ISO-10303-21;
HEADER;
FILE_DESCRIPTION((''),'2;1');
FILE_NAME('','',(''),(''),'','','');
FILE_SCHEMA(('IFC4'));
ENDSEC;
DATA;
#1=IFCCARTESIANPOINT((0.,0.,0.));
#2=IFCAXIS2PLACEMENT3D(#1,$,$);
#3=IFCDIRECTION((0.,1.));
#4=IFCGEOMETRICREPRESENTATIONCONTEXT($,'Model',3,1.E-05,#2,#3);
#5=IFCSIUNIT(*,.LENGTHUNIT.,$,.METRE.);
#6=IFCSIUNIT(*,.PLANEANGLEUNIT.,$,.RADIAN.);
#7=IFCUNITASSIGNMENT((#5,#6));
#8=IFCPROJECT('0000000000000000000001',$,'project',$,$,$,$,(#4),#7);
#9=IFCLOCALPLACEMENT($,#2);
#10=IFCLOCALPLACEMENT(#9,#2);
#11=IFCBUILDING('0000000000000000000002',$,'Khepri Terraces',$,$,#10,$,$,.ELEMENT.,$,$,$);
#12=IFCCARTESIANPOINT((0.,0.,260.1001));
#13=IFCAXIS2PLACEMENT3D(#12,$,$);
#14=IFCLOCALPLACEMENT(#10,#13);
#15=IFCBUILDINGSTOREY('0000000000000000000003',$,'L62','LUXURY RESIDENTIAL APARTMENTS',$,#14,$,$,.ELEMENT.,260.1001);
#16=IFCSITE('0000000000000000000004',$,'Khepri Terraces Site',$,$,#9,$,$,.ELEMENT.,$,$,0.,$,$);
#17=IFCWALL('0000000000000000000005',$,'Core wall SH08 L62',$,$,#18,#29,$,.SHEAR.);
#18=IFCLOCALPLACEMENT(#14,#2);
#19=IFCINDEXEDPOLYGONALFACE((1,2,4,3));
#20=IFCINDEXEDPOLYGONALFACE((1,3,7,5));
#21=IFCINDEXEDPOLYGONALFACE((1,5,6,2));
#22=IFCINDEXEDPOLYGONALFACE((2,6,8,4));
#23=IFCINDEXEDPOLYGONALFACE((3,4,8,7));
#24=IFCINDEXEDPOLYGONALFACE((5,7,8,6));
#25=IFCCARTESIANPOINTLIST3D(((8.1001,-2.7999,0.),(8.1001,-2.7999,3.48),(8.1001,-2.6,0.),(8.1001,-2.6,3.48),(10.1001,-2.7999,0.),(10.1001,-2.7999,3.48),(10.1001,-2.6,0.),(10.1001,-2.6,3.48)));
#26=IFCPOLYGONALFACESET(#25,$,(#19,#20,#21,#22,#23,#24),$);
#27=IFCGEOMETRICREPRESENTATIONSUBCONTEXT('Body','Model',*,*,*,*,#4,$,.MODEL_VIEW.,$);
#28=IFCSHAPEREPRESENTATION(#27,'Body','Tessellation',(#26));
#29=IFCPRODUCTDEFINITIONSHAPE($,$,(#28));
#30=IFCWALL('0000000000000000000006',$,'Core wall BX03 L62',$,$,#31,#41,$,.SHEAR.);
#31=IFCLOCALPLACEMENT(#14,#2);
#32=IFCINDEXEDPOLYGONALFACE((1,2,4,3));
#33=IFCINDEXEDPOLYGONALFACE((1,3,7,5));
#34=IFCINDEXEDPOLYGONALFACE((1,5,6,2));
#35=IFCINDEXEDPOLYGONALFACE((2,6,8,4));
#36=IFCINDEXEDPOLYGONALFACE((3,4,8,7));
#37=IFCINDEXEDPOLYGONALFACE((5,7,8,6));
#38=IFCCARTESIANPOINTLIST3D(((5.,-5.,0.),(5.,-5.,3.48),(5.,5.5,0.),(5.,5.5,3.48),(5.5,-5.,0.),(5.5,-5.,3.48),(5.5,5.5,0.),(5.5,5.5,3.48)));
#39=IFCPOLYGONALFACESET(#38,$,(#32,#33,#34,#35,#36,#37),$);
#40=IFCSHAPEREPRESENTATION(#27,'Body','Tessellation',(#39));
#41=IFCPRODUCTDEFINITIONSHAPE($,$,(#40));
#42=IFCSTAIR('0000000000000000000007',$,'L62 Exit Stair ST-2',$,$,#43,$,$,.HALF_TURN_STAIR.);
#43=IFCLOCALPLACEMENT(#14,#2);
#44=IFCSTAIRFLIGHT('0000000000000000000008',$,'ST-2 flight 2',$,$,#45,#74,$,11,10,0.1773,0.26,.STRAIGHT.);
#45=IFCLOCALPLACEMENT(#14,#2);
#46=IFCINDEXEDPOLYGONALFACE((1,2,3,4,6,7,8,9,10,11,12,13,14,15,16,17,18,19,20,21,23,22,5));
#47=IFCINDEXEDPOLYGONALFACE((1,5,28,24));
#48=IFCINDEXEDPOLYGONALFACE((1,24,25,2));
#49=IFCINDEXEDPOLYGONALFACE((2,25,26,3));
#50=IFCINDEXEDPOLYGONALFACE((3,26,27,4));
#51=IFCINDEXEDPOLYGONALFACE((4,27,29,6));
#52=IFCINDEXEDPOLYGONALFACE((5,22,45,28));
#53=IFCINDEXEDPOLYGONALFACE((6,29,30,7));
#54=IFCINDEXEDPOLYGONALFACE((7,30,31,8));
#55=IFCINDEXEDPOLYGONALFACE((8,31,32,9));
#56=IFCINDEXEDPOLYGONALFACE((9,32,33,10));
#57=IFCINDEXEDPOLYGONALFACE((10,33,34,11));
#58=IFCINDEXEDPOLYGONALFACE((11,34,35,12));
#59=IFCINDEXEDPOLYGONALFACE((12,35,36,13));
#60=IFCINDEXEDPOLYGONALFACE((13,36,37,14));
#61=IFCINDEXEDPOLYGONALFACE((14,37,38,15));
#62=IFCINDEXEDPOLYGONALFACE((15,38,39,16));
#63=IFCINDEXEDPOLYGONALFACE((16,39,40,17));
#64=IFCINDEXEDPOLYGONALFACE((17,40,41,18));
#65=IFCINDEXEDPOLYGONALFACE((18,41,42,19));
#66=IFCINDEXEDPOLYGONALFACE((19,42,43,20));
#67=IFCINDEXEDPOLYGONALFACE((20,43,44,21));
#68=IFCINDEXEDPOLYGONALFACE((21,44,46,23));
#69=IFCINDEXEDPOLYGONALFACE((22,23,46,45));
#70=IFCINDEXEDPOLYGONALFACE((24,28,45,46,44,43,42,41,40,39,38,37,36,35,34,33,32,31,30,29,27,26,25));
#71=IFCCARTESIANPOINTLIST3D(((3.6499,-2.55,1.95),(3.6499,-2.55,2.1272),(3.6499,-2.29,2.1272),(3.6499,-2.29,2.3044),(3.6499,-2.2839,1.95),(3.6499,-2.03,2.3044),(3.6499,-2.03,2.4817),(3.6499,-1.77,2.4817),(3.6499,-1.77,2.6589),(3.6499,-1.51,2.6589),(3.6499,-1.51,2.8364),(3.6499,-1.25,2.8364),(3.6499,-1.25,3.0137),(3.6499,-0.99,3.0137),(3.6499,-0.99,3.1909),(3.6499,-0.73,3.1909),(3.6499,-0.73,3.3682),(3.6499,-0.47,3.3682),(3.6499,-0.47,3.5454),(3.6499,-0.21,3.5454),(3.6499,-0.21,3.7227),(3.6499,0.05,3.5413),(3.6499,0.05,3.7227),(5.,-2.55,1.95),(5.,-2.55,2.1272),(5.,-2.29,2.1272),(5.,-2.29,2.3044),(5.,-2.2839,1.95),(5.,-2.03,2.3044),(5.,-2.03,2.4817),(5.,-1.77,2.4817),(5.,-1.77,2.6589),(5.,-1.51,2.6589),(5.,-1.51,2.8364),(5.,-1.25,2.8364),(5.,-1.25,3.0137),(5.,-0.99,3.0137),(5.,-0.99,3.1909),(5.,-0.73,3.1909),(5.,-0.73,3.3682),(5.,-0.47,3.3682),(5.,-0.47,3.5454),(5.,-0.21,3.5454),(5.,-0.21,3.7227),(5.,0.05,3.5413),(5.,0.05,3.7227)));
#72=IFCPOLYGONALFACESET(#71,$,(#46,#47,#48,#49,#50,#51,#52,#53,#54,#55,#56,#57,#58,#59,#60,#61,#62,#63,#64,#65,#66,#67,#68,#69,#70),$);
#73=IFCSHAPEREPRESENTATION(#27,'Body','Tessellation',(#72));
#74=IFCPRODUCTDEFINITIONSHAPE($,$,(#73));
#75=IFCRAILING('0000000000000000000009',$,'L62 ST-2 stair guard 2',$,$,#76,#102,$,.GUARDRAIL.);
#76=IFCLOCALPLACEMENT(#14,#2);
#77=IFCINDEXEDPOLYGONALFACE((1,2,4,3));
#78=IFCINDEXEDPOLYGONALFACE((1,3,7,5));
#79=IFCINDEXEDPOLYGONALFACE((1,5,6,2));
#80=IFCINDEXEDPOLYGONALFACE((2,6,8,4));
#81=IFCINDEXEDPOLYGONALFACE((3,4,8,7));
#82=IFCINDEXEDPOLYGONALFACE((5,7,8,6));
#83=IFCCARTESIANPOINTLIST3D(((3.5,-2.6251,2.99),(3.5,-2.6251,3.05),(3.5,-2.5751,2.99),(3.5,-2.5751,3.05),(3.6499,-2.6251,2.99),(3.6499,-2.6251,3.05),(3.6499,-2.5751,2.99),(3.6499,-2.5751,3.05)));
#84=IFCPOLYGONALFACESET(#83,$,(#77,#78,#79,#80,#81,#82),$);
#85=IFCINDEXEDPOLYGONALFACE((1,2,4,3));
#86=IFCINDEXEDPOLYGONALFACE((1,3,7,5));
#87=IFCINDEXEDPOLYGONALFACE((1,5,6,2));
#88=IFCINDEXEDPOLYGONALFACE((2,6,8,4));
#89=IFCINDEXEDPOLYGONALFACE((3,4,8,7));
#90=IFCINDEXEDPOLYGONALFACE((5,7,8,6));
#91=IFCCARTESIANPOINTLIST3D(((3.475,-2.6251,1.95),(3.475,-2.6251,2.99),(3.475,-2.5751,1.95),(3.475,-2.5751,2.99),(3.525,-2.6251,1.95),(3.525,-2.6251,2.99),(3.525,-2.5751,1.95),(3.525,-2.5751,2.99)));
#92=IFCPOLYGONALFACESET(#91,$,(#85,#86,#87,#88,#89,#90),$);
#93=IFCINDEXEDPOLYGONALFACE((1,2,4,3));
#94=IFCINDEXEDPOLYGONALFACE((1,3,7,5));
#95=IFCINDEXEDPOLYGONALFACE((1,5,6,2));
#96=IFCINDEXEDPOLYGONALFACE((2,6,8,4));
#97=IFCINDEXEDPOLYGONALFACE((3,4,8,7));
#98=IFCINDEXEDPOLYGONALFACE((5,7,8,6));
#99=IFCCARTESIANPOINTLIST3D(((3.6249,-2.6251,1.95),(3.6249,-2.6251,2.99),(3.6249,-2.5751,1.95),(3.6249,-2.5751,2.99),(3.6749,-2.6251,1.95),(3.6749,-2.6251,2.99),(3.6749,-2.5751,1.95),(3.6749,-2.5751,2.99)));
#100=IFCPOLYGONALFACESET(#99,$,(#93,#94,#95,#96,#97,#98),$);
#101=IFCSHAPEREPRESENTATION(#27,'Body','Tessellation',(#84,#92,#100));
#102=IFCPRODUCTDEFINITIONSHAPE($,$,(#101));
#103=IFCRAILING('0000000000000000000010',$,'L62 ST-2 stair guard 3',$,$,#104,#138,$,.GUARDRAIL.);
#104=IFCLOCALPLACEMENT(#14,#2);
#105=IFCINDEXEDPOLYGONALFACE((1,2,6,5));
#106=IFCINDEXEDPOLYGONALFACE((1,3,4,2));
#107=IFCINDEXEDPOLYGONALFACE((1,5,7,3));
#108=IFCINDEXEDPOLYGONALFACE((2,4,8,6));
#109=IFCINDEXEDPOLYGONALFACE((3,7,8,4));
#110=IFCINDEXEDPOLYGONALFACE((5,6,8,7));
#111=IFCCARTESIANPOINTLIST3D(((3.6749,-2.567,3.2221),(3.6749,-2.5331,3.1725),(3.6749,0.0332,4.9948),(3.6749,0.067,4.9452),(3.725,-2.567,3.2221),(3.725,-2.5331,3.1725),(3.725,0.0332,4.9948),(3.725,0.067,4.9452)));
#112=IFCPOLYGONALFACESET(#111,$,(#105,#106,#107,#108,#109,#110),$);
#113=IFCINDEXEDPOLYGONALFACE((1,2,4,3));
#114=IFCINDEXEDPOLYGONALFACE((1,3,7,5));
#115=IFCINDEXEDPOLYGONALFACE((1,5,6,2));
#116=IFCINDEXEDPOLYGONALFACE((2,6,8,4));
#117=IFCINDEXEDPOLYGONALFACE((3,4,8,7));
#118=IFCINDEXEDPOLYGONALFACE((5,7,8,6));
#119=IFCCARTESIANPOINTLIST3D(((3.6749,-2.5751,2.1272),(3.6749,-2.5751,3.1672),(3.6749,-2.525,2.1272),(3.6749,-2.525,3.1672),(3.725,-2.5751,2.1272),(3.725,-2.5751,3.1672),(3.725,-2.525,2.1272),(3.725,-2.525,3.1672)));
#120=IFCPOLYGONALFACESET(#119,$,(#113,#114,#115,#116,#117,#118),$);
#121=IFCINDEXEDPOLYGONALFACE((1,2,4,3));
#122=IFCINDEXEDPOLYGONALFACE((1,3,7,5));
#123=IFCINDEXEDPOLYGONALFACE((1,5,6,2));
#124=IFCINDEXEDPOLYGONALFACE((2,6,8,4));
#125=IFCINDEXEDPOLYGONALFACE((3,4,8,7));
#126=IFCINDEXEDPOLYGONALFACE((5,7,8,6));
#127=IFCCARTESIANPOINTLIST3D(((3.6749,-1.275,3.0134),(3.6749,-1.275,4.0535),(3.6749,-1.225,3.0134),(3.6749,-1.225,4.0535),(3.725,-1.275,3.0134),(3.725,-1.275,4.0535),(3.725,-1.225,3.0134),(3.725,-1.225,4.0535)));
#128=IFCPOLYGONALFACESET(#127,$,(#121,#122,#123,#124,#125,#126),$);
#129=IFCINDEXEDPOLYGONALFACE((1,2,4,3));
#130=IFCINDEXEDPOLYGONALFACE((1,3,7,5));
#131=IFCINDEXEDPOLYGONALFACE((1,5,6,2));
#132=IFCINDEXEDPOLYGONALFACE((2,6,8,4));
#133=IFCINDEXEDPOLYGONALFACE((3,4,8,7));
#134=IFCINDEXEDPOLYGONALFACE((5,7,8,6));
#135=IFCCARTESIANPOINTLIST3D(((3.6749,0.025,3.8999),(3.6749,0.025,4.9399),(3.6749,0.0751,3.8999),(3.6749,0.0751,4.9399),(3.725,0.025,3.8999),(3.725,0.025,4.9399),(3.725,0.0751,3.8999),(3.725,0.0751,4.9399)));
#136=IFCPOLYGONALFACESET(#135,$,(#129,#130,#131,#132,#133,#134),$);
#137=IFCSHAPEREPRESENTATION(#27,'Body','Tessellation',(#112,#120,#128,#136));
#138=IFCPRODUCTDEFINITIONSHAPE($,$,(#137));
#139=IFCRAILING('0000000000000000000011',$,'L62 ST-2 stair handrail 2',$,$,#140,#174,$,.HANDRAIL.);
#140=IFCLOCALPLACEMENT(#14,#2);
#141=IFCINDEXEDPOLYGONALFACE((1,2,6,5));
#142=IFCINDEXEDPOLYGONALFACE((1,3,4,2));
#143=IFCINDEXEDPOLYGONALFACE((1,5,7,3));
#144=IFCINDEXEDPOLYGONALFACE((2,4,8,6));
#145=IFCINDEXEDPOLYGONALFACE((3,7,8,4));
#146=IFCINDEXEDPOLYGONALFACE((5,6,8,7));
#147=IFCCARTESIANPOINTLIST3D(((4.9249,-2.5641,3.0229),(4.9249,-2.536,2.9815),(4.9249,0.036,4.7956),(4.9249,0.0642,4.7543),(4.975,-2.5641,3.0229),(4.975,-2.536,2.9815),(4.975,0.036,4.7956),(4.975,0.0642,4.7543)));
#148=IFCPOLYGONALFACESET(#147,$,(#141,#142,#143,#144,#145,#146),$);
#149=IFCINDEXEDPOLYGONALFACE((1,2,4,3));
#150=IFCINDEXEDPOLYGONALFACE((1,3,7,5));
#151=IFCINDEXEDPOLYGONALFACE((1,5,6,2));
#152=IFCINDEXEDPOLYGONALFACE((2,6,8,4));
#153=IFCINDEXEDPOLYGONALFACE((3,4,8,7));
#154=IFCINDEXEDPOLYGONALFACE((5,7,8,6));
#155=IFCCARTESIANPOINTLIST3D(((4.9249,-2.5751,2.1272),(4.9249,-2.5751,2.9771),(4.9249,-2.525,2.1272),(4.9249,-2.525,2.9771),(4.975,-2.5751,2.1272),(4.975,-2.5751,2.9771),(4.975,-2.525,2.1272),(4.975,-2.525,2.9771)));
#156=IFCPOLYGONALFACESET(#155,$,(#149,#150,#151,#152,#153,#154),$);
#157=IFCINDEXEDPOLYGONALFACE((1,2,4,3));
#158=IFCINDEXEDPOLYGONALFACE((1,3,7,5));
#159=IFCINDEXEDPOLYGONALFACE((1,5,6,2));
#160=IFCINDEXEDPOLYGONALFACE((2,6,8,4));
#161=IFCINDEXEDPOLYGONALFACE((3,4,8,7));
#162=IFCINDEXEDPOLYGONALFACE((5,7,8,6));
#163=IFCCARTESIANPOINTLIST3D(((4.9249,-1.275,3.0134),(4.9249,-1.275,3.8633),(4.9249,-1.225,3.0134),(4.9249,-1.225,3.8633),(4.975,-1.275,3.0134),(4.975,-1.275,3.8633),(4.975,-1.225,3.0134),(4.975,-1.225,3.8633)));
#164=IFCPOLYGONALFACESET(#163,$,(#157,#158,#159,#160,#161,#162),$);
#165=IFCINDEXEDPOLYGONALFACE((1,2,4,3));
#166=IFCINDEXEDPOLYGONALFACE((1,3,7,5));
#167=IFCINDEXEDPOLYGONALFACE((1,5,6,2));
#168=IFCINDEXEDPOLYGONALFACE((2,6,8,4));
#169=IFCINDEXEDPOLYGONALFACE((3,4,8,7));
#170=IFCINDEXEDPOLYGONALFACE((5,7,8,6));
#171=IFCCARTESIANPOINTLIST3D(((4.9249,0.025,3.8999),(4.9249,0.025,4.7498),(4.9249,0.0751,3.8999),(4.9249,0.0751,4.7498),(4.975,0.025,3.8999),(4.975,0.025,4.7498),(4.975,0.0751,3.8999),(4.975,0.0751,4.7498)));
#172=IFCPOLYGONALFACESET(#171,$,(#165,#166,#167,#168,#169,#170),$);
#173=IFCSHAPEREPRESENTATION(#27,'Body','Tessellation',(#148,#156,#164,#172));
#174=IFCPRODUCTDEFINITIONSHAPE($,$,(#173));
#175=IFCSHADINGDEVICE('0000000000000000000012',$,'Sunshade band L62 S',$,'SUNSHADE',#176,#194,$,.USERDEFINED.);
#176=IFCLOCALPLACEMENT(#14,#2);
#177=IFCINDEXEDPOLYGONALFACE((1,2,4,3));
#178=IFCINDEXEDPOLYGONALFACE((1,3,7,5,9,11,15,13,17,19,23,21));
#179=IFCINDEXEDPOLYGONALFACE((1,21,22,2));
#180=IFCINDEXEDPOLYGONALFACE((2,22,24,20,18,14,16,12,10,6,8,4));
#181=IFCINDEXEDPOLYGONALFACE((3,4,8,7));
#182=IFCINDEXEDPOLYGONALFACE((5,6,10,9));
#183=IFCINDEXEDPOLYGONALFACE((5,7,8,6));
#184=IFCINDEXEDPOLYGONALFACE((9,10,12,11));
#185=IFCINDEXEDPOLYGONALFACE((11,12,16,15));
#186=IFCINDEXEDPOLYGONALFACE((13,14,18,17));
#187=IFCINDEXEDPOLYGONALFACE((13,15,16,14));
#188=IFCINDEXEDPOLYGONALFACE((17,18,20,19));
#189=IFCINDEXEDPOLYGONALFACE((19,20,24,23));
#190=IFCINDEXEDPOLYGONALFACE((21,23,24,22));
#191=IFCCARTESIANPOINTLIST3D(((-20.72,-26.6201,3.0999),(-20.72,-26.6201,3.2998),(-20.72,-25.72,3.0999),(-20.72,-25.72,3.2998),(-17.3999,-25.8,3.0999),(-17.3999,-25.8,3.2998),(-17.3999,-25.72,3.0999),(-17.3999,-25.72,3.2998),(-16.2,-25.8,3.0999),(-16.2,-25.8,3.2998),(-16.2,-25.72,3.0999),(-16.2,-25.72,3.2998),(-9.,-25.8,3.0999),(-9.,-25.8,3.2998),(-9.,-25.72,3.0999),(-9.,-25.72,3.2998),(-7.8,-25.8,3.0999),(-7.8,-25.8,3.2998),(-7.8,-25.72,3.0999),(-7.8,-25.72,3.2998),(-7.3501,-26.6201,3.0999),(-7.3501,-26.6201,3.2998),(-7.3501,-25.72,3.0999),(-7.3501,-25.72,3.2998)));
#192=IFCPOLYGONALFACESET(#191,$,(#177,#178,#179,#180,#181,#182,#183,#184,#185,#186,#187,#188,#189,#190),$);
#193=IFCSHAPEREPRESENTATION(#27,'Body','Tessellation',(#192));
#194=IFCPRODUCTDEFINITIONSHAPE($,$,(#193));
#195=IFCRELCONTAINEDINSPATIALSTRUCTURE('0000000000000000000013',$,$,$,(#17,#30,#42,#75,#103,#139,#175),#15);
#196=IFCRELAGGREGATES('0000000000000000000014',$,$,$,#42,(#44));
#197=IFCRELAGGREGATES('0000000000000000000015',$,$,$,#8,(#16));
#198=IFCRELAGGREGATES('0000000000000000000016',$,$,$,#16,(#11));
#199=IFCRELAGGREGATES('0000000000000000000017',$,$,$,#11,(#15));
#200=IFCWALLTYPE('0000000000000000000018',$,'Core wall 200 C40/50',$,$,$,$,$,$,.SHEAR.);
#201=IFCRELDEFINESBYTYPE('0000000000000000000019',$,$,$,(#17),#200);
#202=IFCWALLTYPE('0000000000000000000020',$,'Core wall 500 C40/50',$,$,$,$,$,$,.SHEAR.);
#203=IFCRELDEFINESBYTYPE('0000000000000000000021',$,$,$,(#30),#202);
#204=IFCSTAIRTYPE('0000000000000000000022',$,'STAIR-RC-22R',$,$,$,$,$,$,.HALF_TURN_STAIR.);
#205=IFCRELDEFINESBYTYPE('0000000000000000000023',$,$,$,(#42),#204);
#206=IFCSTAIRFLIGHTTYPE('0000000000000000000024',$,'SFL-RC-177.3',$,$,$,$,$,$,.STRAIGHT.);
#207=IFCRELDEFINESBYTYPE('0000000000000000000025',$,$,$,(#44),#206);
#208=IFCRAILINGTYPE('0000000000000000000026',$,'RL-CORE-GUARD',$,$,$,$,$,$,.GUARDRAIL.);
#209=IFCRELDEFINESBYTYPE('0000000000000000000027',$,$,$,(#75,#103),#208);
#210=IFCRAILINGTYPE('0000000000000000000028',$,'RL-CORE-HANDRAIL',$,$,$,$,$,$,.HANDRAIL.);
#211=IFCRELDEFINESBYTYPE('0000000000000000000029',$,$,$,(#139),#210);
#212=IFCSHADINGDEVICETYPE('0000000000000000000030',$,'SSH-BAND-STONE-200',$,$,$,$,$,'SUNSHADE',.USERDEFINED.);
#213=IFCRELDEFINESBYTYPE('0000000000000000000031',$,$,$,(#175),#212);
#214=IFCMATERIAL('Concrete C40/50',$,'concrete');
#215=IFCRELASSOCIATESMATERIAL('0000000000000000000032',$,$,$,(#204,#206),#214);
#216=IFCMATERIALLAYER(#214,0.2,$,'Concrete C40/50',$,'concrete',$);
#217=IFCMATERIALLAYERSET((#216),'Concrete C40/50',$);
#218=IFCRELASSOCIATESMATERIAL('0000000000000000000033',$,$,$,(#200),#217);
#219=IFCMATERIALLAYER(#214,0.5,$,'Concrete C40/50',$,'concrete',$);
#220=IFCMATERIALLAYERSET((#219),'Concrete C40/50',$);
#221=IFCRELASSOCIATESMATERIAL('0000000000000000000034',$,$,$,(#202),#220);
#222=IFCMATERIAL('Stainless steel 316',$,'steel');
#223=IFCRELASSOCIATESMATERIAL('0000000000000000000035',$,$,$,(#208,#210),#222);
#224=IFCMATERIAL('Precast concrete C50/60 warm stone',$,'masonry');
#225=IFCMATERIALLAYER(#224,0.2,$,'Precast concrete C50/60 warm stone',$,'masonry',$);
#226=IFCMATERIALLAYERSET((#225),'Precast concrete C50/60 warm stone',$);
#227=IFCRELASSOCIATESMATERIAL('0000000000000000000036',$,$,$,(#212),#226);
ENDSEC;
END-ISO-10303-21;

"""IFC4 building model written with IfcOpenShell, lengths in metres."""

from ifc_helpers import new_model, si_unit, direction, frame, frame_2d, origin, origin_2d, place, context, subcontext, project, spatial, polyline, rectangle, outline, extrude, material, layer, layer_set, type_object, element, aggregate, save


model = new_model("IFC4")

# Units and contexts
model_context = context("Model", 3, precision=1e-05, world=origin(), true_north=direction((0.0, 1.0)))
body_context = subcontext(model_context, "Body", "Model", "MODEL_VIEW")
ifc_project = project(units=[si_unit("LENGTHUNIT", "METRE"), si_unit("PLANEANGLEUNIT", "RADIAN")], contexts=[model_context])

# Site, building, storey
site_placement = place(None, origin())
site = spatial("IfcSite", under=ifc_project, at=site_placement, Name="Khepri Terraces Site", CompositionType="ELEMENT", RefElevation=0.0)
building_placement = place(site_placement, origin())
building = spatial("IfcBuilding", under=site, at=building_placement, Name="Khepri Terraces", CompositionType="ELEMENT")
storey_placement = place(building_placement, frame((0.0, 0.0, 260.1001)))
storey = spatial("IfcBuildingStorey", under=building, at=storey_placement, Name="L62", Description="LUXURY RESIDENTIAL APARTMENTS", CompositionType="ELEMENT", Elevation=260.1001)

# Shared definitions
ifc_material_1 = material(Name="Precast concrete C50/60 warm stone", Category="masonry")

# Shared definitions
ifc_material_2 = material(Name="Concrete C40/50", Category="concrete")
stair_type = type_object("IfcStairType", Name="STAIR-RC-22R", PredefinedType="HALF_TURN_STAIR", material=ifc_material_2)

# Shared definitions
ifc_layer_1 = layer(ifc_material_2, 0.2, Name="Concrete C40/50", Category="concrete")
ifc_layer_set_1 = layer_set([ifc_layer_1], Name="Concrete C40/50")
wall_type_1 = type_object("IfcWallType", Name="Core wall 200 C40/50", PredefinedType="SHEAR", material=ifc_layer_set_1)

# Walls
wall_1_placement = place(storey_placement, frame((8.1001, -2.7, 0.0), z_axis=(0.0, 0.0, 1.0), x_axis=(1.0, 0.0, 0.0)))
element("IfcWall", 1, at=wall_1_placement, inside=storey, type_object=wall_type_1, Name="Core wall SH08 L62", PredefinedType="SHEAR", context=body_context, shape_type="SweptSolid", body=[
    extrude(rectangle(XDim=2.0, YDim=0.2, at=frame_2d((1.0, 0.0))), origin(), (0.0, 0.0, 1.0), 3.48),
])
ifc_layer_2 = layer(ifc_material_2, 0.5, Name="Concrete C40/50", Category="concrete")
ifc_layer_set_2 = layer_set([ifc_layer_2], Name="Concrete C40/50")
wall_type_2 = type_object("IfcWallType", Name="Core wall 500 C40/50", PredefinedType="SHEAR", material=ifc_layer_set_2)
wall_2_placement = place(storey_placement, frame((5.25, -5.0, 0.0), z_axis=(0.0, 0.0, 1.0), x_axis=(0.0, 1.0, 0.0)))
element("IfcWall", 2, at=wall_2_placement, inside=storey, type_object=wall_type_2, Name="Core wall BX03 L62", PredefinedType="SHEAR", context=body_context, shape_type="SweptSolid", body=[
    extrude(rectangle(XDim=10.5, YDim=0.5, at=frame_2d((5.25, 0.0))), origin(), (0.0, 0.0, 1.0), 3.48),
])

# Stair, stair flight
stair_1_placement = place(storey_placement, origin())
stair_1 = element("IfcStair", 3, at=stair_1_placement, inside=storey, type_object=stair_type, Name="L62 Exit Stair ST-2", PredefinedType="HALF_TURN_STAIR")
stair_flight_type = type_object("IfcStairFlightType", Name="SFL-RC-177.3", PredefinedType="STRAIGHT", material=ifc_material_2)
stair_flight_placement = place(storey_placement, frame((4.325, -2.55, 1.95), z_axis=(0.0, 0.0, 1.0), x_axis=(0.0, 1.0, 0.0)))
stair_flight = element("IfcStairFlight", 4, at=stair_flight_placement, type_object=stair_flight_type, Name="ST-2 flight 2", NumberOfRisers=11, NumberOfTreads=10, PredefinedType="STRAIGHT", RiserHeight=0.1773, TreadLength=0.26, context=body_context, shape_type="SweptSolid", body=[
    extrude(outline(polyline([(0.0, 0.0), (0.0, 0.1772), (0.26, 0.1772), (0.26, 0.3545), (0.52, 0.3545), (0.52, 0.5317), (0.78, 0.5317), (0.78, 0.709), (1.04, 0.709), (1.04, 0.8865), (1.3, 0.8865), (1.3, 1.0637), (1.5601, 1.0637), (1.5601, 1.241), (1.8201, 1.241), (1.8201, 1.4182), (2.0801, 1.4182), (2.0801, 1.5955), (2.3401, 1.5955), (2.3401, 1.7727), (2.6001, 1.7727), (2.6001, 1.95), (2.6001, 1.5913), (0.2661, 0.0), (0.0, 0.0)])), frame((0.0, 0.675, 0.0), z_axis=(0.0, -1.0, 0.0), x_axis=(1.0, 0.0, 0.0)), (0.0, 0.0, 1.0), 1.3501),
])
aggregate(stair_1, [stair_flight])

# Railings
ifc_material_3 = material(Name="Stainless steel 316", Category="steel")
railing_type_1 = type_object("IfcRailingType", Name="RL-CORE-GUARD", PredefinedType="GUARDRAIL", material=ifc_material_3)
railing_1_placement = place(storey_placement, frame((3.5, -2.6001, 1.95)))
element("IfcRailing", 5, at=railing_1_placement, inside=storey, type_object=railing_type_1, Name="L62 ST-2 stair guard 2", PredefinedType="GUARDRAIL", context=body_context, shape_type="SweptSolid", body=[
    extrude(rectangle(XDim=0.05, YDim=0.0601, at=origin_2d()), frame((0.0, 0.0, 1.0701), z_axis=(1.0, 0.0, 0.0), x_axis=(0.0, 1.0, 0.0)), (0.0, 0.0, 1.0), 0.1499),
    extrude(rectangle(XDim=0.05, YDim=0.05, at=origin_2d()), origin(), (0.0, 0.0, 1.0), 1.04),
    extrude(rectangle(XDim=0.05, YDim=0.05, at=origin_2d()), frame((0.1499, 0.0, 0.0)), (0.0, 0.0, 1.0), 1.04),
])
railing_2_placement = place(storey_placement, frame((3.7, -2.55, 2.1272)))
element("IfcRailing", 6, at=railing_2_placement, inside=storey, type_object=railing_type_1, Name="L62 ST-2 stair guard 3", PredefinedType="GUARDRAIL", context=body_context, shape_type="SweptSolid", body=[
    extrude(rectangle(XDim=0.05, YDim=0.0601, at=origin_2d()), frame((0.0, 0.0, 1.0701), z_axis=(0.0, 0.82624, 0.563318), x_axis=(-1.0, 0.0, 0.0)), (0.0, 0.0, 1.0), 3.147),
    extrude(rectangle(XDim=0.05, YDim=0.05, at=origin_2d()), origin(), (0.0, 0.0, 1.0), 1.04),
    extrude(rectangle(XDim=0.05, YDim=0.05, at=origin_2d()), frame((0.0, 1.3, 0.8862)), (0.0, 0.0, 1.0), 1.04),
    extrude(rectangle(XDim=0.05, YDim=0.05, at=origin_2d()), frame((0.0, 2.6001, 1.7727)), (0.0, 0.0, 1.0), 1.04),
])
railing_type_2 = type_object("IfcRailingType", Name="RL-CORE-HANDRAIL", PredefinedType="HANDRAIL", material=ifc_material_3)
railing_3_placement = place(storey_placement, frame((4.95, -2.55, 2.1272)))
element("IfcRailing", 7, at=railing_3_placement, inside=storey, type_object=railing_type_2, Name="L62 ST-2 stair handrail 2", PredefinedType="HANDRAIL", context=body_context, shape_type="SweptSolid", body=[
    extrude(rectangle(XDim=0.05, YDim=0.05, at=origin_2d()), frame((0.0, 0.0, 0.875), z_axis=(0.0, 0.82624, 0.563318), x_axis=(-1.0, 0.0, 0.0)), (0.0, 0.0, 1.0), 3.147),
    extrude(rectangle(XDim=0.05, YDim=0.05, at=origin_2d()), origin(), (0.0, 0.0, 1.0), 0.8499),
    extrude(rectangle(XDim=0.05, YDim=0.05, at=origin_2d()), frame((0.0, 1.3, 0.8862)), (0.0, 0.0, 1.0), 0.8499),
    extrude(rectangle(XDim=0.05, YDim=0.05, at=origin_2d()), frame((0.0, 2.6001, 1.7727)), (0.0, 0.0, 1.0), 0.8499),
])

# Shading device
ifc_layer_3 = layer(ifc_material_1, 0.2, Name="Precast concrete C50/60 warm stone", Category="masonry")
ifc_layer_set_3 = layer_set([ifc_layer_3], Name="Precast concrete C50/60 warm stone")
shading_device_type_1 = type_object("IfcShadingDeviceType", Name="SSH-BAND-STONE-200", ElementType="SUNSHADE", PredefinedType="USERDEFINED", material=ifc_layer_set_3)
shading_device_1_placement = place(storey_placement, frame((0.0, 0.0, 3.0999)))
element("IfcShadingDevice", 8, at=shading_device_1_placement, inside=storey, type_object=shading_device_type_1, Name="Sunshade band L62 S", ObjectType="SUNSHADE", PredefinedType="USERDEFINED", context=body_context, shape_type="SweptSolid", body=[
    extrude(outline(polyline([(-17.3999, -25.72), (-20.72, -25.72), (-20.72, -26.6201), (-7.3501, -26.6201), (-7.3501, -25.72), (-7.8, -25.72), (-7.8, -25.8), (-9.0, -25.8), (-9.0, -25.72), (-16.2, -25.72), (-16.2, -25.8), (-17.3999, -25.8), (-17.3999, -25.72)])), origin(), (0.0, 0.0, 1.0), 0.2),
])

save(model, "model.ifc")
